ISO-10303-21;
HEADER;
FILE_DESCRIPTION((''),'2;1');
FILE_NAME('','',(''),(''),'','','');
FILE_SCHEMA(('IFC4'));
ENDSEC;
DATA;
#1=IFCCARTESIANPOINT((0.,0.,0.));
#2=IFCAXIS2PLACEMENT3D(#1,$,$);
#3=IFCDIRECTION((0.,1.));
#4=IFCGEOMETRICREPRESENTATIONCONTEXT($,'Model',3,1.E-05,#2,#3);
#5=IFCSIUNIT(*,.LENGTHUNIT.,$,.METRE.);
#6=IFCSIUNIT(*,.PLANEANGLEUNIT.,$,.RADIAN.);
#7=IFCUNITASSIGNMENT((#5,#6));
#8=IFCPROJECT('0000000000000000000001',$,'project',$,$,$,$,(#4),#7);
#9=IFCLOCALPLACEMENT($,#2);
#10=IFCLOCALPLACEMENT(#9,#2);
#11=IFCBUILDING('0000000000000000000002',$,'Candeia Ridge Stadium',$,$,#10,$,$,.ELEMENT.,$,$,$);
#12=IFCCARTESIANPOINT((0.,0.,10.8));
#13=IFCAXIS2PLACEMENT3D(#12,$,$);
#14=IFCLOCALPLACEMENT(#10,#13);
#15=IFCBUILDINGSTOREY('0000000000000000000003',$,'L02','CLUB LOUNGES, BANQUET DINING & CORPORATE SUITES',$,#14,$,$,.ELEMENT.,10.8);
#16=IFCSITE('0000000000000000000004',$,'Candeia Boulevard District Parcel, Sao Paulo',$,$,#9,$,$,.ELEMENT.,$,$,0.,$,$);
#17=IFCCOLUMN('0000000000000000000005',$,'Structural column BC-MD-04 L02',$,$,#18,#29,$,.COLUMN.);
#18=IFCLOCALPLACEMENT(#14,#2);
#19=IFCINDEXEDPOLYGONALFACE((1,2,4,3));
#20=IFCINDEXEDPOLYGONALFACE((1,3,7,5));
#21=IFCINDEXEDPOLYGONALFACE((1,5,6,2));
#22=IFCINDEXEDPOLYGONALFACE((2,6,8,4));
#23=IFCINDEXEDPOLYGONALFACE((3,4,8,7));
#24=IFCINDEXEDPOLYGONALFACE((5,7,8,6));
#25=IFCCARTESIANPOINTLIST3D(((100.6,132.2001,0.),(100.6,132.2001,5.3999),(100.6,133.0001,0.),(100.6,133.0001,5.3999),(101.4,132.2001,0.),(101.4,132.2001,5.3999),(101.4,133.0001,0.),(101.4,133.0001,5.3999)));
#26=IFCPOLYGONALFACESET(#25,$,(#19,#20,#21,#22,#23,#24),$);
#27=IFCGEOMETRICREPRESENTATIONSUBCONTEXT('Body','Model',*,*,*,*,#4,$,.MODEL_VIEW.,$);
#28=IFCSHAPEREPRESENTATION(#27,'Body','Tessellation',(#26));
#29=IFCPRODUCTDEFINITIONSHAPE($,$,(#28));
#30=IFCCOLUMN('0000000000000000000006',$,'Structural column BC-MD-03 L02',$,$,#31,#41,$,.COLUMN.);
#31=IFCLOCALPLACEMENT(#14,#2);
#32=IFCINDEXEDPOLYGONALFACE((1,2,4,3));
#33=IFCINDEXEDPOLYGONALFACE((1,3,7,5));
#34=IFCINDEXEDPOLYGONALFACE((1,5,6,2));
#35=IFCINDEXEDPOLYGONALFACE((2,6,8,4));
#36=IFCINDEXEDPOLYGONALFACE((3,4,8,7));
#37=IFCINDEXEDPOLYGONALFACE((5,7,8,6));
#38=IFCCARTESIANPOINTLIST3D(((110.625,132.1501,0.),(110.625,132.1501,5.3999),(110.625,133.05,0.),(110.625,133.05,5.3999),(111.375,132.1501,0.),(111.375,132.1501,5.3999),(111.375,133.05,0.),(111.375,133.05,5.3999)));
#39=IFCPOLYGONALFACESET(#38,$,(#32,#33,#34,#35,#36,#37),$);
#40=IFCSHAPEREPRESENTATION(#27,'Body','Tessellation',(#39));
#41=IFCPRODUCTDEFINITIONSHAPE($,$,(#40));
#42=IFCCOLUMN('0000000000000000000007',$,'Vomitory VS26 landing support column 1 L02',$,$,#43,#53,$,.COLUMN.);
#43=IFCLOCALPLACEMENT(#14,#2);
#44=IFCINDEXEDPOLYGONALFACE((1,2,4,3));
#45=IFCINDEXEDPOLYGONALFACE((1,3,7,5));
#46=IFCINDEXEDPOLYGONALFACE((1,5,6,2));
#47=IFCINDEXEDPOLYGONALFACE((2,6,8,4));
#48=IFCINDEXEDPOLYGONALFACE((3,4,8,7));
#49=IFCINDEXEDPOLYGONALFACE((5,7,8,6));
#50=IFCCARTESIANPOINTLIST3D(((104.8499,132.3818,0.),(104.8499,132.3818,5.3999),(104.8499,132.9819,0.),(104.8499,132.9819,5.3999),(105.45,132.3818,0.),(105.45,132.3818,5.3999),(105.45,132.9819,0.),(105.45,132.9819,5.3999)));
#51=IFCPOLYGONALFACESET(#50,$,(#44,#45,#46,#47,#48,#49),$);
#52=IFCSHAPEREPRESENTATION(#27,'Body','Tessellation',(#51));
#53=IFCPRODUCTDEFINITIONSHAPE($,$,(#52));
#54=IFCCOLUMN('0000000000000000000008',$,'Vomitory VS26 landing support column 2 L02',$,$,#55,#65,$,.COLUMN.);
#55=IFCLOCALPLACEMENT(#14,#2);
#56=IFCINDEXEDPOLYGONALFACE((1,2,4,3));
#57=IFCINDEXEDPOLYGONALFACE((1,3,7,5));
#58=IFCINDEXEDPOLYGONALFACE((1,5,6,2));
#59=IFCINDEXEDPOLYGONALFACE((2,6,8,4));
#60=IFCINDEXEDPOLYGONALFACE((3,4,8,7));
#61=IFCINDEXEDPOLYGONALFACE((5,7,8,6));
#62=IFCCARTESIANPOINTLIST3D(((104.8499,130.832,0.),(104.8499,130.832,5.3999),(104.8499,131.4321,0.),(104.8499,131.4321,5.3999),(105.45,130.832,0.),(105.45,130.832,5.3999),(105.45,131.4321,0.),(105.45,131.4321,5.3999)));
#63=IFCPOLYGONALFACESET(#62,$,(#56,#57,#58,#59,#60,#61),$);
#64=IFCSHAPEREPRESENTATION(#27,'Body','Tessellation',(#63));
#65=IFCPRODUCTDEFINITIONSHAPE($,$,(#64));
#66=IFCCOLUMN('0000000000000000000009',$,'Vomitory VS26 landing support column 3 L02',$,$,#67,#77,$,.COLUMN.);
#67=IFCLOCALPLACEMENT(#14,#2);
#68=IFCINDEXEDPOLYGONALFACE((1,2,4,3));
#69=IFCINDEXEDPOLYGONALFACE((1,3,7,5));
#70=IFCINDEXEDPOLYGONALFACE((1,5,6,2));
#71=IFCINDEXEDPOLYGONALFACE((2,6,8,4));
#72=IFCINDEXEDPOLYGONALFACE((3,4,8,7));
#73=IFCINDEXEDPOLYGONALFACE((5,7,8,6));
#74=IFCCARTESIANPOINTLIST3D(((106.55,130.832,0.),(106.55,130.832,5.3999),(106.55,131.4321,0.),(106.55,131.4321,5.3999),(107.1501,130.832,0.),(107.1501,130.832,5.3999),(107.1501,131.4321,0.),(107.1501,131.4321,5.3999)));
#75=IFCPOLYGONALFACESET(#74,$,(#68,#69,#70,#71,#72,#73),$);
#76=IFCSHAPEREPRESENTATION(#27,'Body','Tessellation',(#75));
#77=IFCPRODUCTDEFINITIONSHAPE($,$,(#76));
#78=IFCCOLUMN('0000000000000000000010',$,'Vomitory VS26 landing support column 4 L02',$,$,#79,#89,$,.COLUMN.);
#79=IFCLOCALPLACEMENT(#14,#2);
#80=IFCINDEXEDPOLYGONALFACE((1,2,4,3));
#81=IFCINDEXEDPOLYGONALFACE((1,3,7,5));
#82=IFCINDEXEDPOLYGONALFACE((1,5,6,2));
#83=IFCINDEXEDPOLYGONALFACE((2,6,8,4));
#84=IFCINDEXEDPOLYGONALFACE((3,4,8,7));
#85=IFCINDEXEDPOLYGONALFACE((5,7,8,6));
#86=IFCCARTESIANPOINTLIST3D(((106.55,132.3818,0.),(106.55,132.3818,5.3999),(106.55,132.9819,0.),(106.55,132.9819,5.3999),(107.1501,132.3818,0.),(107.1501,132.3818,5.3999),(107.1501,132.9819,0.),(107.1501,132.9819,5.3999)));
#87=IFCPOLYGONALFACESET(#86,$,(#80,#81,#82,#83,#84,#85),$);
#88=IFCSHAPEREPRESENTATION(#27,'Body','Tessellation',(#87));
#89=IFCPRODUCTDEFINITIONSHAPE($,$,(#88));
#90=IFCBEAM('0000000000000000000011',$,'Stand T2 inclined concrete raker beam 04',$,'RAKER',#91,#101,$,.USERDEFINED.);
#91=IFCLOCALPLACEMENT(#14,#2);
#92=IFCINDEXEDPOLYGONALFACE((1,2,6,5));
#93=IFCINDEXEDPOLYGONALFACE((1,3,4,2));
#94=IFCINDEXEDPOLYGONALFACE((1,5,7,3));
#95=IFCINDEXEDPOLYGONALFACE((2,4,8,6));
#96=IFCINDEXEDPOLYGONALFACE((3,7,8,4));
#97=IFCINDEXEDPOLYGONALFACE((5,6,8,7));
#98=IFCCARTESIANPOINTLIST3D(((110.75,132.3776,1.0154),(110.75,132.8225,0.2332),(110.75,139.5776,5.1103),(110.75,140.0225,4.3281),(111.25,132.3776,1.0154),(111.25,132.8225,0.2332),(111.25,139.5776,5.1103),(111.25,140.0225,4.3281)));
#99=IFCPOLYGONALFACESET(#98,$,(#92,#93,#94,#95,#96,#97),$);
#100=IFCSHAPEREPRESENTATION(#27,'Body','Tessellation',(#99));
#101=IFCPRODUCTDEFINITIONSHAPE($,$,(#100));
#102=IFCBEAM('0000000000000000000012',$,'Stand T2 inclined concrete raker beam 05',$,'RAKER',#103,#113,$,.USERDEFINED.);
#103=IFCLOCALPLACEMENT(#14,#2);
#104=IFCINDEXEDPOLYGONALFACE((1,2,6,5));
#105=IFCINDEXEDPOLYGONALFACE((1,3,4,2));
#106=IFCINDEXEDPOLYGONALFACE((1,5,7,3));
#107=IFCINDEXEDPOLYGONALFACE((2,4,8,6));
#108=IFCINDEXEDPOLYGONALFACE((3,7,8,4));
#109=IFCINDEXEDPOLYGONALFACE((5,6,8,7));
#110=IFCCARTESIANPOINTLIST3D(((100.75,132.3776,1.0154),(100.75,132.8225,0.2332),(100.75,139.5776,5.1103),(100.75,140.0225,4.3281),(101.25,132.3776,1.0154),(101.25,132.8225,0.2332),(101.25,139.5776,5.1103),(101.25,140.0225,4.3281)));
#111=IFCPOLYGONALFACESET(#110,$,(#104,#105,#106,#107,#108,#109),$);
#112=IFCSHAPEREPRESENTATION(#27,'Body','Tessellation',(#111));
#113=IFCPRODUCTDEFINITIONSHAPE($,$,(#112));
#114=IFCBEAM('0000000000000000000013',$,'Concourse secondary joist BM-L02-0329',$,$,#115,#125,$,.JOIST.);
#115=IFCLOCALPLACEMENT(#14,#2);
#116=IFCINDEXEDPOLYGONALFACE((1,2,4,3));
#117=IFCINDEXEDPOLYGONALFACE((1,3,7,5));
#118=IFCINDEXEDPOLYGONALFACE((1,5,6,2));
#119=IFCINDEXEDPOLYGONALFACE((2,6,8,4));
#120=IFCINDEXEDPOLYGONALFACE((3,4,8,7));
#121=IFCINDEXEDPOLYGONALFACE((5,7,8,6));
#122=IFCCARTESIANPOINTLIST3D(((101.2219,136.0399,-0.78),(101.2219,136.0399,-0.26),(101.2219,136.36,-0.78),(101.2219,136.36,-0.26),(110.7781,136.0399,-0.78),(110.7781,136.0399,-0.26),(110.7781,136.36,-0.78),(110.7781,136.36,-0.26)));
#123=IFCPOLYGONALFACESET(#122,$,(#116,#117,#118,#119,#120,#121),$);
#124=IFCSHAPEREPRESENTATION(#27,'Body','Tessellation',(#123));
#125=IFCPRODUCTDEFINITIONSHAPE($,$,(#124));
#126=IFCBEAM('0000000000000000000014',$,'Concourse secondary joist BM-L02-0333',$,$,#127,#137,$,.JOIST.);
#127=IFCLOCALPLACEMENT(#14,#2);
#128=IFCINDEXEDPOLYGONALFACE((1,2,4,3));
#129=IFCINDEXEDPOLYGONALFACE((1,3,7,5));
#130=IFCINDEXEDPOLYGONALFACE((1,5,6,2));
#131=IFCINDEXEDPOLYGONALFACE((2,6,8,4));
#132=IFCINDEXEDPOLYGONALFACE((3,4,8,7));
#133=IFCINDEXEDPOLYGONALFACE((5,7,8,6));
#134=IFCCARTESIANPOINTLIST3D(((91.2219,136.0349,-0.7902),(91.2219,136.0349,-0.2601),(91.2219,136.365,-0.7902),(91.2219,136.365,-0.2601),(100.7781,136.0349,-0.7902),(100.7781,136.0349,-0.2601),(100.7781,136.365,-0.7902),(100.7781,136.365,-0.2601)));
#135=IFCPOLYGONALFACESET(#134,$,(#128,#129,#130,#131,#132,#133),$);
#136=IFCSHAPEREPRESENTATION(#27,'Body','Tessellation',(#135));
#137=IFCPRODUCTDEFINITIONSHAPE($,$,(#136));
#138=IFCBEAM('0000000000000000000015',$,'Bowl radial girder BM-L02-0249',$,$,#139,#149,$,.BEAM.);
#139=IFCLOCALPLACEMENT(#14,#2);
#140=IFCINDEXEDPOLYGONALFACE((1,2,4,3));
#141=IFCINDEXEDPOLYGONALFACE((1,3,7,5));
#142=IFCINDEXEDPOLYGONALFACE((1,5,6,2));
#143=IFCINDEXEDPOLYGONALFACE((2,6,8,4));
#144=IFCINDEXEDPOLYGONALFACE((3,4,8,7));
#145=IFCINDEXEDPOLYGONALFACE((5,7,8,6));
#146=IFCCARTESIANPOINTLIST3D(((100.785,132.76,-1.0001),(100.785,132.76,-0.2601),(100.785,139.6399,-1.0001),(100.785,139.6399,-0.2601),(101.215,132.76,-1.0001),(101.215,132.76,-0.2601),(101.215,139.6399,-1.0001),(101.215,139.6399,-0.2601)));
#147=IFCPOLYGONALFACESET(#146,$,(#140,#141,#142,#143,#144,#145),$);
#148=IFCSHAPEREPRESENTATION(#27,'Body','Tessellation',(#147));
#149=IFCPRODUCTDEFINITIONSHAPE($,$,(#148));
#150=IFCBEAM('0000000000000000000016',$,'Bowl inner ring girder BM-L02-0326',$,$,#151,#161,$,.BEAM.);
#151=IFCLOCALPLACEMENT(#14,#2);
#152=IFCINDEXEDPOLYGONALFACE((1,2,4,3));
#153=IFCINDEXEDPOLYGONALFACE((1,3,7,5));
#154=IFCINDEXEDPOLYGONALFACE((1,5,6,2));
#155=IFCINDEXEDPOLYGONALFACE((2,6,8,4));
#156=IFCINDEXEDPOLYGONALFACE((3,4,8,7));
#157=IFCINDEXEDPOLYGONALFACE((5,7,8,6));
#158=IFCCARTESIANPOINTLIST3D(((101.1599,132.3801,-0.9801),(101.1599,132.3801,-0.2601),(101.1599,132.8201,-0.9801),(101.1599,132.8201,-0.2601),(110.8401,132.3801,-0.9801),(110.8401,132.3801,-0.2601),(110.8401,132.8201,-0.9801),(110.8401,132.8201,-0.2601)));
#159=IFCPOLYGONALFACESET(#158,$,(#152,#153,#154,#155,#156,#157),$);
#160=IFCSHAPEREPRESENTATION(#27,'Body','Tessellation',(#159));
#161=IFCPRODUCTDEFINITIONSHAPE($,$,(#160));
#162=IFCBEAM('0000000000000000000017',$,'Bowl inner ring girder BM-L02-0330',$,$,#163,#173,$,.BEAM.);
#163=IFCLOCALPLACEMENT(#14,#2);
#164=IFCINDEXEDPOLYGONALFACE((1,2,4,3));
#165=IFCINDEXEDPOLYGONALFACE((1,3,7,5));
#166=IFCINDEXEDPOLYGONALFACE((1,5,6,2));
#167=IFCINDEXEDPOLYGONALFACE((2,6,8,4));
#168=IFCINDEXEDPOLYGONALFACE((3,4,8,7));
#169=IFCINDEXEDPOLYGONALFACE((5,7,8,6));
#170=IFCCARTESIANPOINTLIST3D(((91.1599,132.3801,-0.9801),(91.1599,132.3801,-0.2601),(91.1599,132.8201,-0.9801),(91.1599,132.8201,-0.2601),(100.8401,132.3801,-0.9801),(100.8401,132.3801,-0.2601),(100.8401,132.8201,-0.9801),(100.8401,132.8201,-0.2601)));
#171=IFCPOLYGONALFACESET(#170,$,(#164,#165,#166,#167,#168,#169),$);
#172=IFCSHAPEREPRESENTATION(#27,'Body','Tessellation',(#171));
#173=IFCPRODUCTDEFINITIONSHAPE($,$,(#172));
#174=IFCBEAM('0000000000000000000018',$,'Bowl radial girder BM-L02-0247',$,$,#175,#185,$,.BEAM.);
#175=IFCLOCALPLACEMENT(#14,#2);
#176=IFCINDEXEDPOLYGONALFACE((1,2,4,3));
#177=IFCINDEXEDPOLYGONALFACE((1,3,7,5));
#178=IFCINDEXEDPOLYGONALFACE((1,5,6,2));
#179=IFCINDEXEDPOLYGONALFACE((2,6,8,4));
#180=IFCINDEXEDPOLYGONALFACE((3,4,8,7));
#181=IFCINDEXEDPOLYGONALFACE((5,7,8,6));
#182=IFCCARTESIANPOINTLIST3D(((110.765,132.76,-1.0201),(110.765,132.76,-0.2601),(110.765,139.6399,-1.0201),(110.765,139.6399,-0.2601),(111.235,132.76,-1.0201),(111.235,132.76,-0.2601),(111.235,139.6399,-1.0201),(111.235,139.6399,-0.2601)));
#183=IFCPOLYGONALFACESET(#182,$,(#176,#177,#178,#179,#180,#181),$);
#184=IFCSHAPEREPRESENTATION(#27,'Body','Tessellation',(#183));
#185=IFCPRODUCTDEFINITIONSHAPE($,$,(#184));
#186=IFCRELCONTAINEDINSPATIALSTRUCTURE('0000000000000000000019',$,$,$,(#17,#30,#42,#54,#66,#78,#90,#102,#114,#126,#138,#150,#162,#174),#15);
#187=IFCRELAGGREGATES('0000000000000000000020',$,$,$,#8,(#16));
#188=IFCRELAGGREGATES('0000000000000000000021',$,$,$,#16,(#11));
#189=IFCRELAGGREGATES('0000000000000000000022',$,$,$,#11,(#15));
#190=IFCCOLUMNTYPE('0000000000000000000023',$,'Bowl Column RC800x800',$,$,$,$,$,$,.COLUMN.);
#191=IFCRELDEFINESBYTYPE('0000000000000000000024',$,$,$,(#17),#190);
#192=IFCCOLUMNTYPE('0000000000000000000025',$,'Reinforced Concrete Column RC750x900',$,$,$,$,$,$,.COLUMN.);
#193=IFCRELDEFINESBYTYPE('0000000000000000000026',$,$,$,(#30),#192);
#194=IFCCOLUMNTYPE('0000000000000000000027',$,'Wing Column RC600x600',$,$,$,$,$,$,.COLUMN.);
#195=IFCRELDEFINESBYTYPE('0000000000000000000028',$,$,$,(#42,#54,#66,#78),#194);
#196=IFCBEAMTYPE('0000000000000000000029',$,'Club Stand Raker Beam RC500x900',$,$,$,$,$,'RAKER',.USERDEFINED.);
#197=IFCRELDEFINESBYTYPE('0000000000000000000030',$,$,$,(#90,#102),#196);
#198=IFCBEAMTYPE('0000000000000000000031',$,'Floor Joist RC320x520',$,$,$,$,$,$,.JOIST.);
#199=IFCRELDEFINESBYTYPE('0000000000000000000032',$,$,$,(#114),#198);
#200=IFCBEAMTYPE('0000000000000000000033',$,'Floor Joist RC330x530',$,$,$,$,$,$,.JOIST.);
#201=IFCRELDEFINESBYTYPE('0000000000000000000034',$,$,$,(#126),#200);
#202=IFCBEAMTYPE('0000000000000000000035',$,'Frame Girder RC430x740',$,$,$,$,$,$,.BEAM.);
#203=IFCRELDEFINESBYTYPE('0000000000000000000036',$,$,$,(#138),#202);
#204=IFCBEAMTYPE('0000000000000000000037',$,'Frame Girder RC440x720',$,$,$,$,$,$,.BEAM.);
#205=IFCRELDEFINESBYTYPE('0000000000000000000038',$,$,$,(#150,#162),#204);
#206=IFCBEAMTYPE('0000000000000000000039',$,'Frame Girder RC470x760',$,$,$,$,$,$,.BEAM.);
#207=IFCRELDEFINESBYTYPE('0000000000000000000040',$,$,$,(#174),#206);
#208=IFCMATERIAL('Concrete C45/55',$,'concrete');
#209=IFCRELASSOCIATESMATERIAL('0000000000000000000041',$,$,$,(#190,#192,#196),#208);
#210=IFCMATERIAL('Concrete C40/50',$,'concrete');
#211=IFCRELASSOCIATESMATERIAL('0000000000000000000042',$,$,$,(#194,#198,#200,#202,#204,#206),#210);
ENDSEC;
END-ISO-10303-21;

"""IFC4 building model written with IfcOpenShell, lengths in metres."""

from ifc_helpers import new_model, si_unit, direction, frame, origin, origin_2d, place, context, subcontext, project, spatial, rectangle, extrude, material, material_profile, profile_set, type_object, element, save


model = new_model("IFC4")

# Units and contexts
model_context = context("Model", 3, precision=1e-05, world=origin(), true_north=direction((0.0, 1.0)))
body_context = subcontext(model_context, "Body", "Model", "MODEL_VIEW")
ifc_project = project(units=[si_unit("LENGTHUNIT", "METRE"), si_unit("PLANEANGLEUNIT", "RADIAN")], contexts=[model_context])

# Site, building, storey
site_placement = place(None, origin())
site = spatial("IfcSite", under=ifc_project, at=site_placement, Name="Candeia Boulevard District Parcel, Sao Paulo", CompositionType="ELEMENT", RefElevation=0.0)
building_placement = place(site_placement, origin())
building = spatial("IfcBuilding", under=site, at=building_placement, Name="Candeia Ridge Stadium", CompositionType="ELEMENT")
storey_placement = place(building_placement, frame((0.0, 0.0, 10.8)))
storey = spatial("IfcBuildingStorey", under=building, at=storey_placement, Name="L02", Description="CLUB LOUNGES, BANQUET DINING & CORPORATE SUITES", CompositionType="ELEMENT", Elevation=10.8)

# Columns
ifc_material_1 = material(Name="Concrete C45/55", Category="concrete")
ifc_material_profile_1 = material_profile(ifc_material_1, rectangle(XDim=0.8, YDim=0.8, at=origin_2d()), Name="RC800x800", Category="concrete")
ifc_profile_set_1 = profile_set([ifc_material_profile_1], Name="Concrete C45/55")
column_type_1 = type_object("IfcColumnType", Name="Bowl Column RC800x800", PredefinedType="COLUMN", material=ifc_profile_set_1)
column_1_placement = place(storey_placement, frame((101.0, 132.6001, 0.0), z_axis=(0.0, 0.0, 1.0), x_axis=(1.0, 0.0, 0.0)))
element("IfcColumn", 1, at=column_1_placement, inside=storey, type_object=column_type_1, Name="Structural column BC-MD-04 L02", PredefinedType="COLUMN", context=body_context, shape_type="SweptSolid", body=[
    extrude(rectangle(XDim=0.8, YDim=0.8, at=origin_2d()), origin(), (0.0, 0.0, 1.0), 5.3999),
])
ifc_material_profile_2 = material_profile(ifc_material_1, rectangle(XDim=0.75, YDim=0.8999, at=origin_2d()), Name="RC750x900", Category="concrete")
ifc_profile_set_2 = profile_set([ifc_material_profile_2], Name="Concrete C45/55")
column_type_2 = type_object("IfcColumnType", Name="Reinforced Concrete Column RC750x900", PredefinedType="COLUMN", material=ifc_profile_set_2)
column_2_placement = place(storey_placement, frame((111.0, 132.6001, 0.0), z_axis=(0.0, 0.0, 1.0), x_axis=(1.0, 0.0, 0.0)))
element("IfcColumn", 2, at=column_2_placement, inside=storey, type_object=column_type_2, Name="Structural column BC-MD-03 L02", PredefinedType="COLUMN", context=body_context, shape_type="SweptSolid", body=[
    extrude(rectangle(XDim=0.75, YDim=0.8999, at=origin_2d()), origin(), (0.0, 0.0, 1.0), 5.3999),
])
ifc_material_2 = material(Name="Concrete C40/50", Category="concrete")
ifc_material_profile_3 = material_profile(ifc_material_2, rectangle(XDim=0.6001, YDim=0.6001, at=origin_2d()), Name="RC600x600", Category="concrete")
ifc_profile_set_3 = profile_set([ifc_material_profile_3], Name="Concrete C40/50")
column_type_3 = type_object("IfcColumnType", Name="Wing Column RC600x600", PredefinedType="COLUMN", material=ifc_profile_set_3)
for number, where, z_axis, x_axis, name in (
    (3, (105.1499, 132.6819, 0.0), (0.0, 0.0, 1.0), (1.0, 0.0, 0.0), "Vomitory VS26 landing support column 1 L02"),
    (4, (105.1499, 131.1321, 0.0), (0.0, 0.0, 1.0), (1.0, 0.0, 0.0), "Vomitory VS26 landing support column 2 L02"),
    (5, (106.8501, 131.1321, 0.0), (0.0, 0.0, 1.0), (1.0, 0.0, 0.0), "Vomitory VS26 landing support column 3 L02"),
    (6, (106.8501, 132.6819, 0.0), (0.0, 0.0, 1.0), (1.0, 0.0, 0.0), "Vomitory VS26 landing support column 4 L02"),
):
    element("IfcColumn", number, at=place(storey_placement, frame(where, z_axis=z_axis, x_axis=x_axis)), inside=storey, type_object=column_type_3, Name=name, PredefinedType="COLUMN", context=body_context, shape_type="SweptSolid", body=[
        extrude(rectangle(XDim=0.6001, YDim=0.6001, at=origin_2d()), origin(), (0.0, 0.0, 1.0), 5.3999),
    ])

# Beams
ifc_material_profile_4 = material_profile(ifc_material_1, rectangle(XDim=0.5, YDim=0.8999, at=origin_2d()), Name="RC500x900", Category="concrete")
ifc_profile_set_4 = profile_set([ifc_material_profile_4], Name="Concrete C45/55")
beam_type_1 = type_object("IfcBeamType", Name="Club Stand Raker Beam RC500x900", ElementType="RAKER", PredefinedType="USERDEFINED", material=ifc_profile_set_4)
for number, where, z_axis, x_axis, name in (
    (7, (111.0, 132.6001, 0.6243), (0.0, 0.869244, 0.494383), (-1.0, 0.0, 0.0), "Stand T2 inclined concrete raker beam 04"),
    (8, (101.0, 132.6001, 0.6243), (0.0, 0.869244, 0.494383), (-1.0, 0.0, 0.0), "Stand T2 inclined concrete raker beam 05"),
):
    element("IfcBeam", number, at=place(storey_placement, frame(where, z_axis=z_axis, x_axis=x_axis)), inside=storey, type_object=beam_type_1, Name=name, ObjectType="RAKER", PredefinedType="USERDEFINED", context=body_context, shape_type="SweptSolid", body=[
        extrude(rectangle(XDim=0.5, YDim=0.8999, at=origin_2d()), origin(), (0.0, 0.0, 1.0), 8.283),
    ])
ifc_material_profile_5 = material_profile(ifc_material_2, rectangle(XDim=0.3201, YDim=0.52, at=origin_2d()), Name="RC320x520", Category="concrete")
ifc_profile_set_5 = profile_set([ifc_material_profile_5], Name="Concrete C40/50")
beam_type_2 = type_object("IfcBeamType", Name="Floor Joist RC320x520", PredefinedType="JOIST", material=ifc_profile_set_5)
beam_1_placement = place(storey_placement, frame((110.7781, 136.2, -0.52), z_axis=(-1.0, 0.0, 0.0), x_axis=(0.0, -1.0, 0.0)))
element("IfcBeam", 9, at=beam_1_placement, inside=storey, type_object=beam_type_2, Name="Concourse secondary joist BM-L02-0329", PredefinedType="JOIST", context=body_context, shape_type="SweptSolid", body=[
    extrude(rectangle(XDim=0.3201, YDim=0.52, at=origin_2d()), origin(), (0.0, 0.0, 1.0), 9.5562),
])
ifc_material_profile_6 = material_profile(ifc_material_2, rectangle(XDim=0.3301, YDim=0.53, at=origin_2d()), Name="RC330x530", Category="concrete")
ifc_profile_set_6 = profile_set([ifc_material_profile_6], Name="Concrete C40/50")
beam_type_3 = type_object("IfcBeamType", Name="Floor Joist RC330x530", PredefinedType="JOIST", material=ifc_profile_set_6)
beam_2_placement = place(storey_placement, frame((100.7781, 136.2, -0.5251), z_axis=(-1.0, 0.0, 0.0), x_axis=(0.0, -1.0, 0.0)))
element("IfcBeam", 10, at=beam_2_placement, inside=storey, type_object=beam_type_3, Name="Concourse secondary joist BM-L02-0333", PredefinedType="JOIST", context=body_context, shape_type="SweptSolid", body=[
    extrude(rectangle(XDim=0.3301, YDim=0.53, at=origin_2d()), origin(), (0.0, 0.0, 1.0), 9.5562),
])
ifc_material_profile_7 = material_profile(ifc_material_2, rectangle(XDim=0.4299, YDim=0.74, at=origin_2d()), Name="RC430x740", Category="concrete")
ifc_profile_set_7 = profile_set([ifc_material_profile_7], Name="Concrete C40/50")
beam_type_4 = type_object("IfcBeamType", Name="Frame Girder RC430x740", PredefinedType="BEAM", material=ifc_profile_set_7)
beam_3_placement = place(storey_placement, frame((101.0, 132.76, -0.6301), z_axis=(0.0, 1.0, 0.0), x_axis=(-1.0, 0.0, 0.0)))
element("IfcBeam", 11, at=beam_3_placement, inside=storey, type_object=beam_type_4, Name="Bowl radial girder BM-L02-0249", PredefinedType="BEAM", context=body_context, shape_type="SweptSolid", body=[
    extrude(rectangle(XDim=0.4299, YDim=0.74, at=origin_2d()), origin(), (0.0, 0.0, 1.0), 6.8799),
])
ifc_material_profile_8 = material_profile(ifc_material_2, rectangle(XDim=0.4399, YDim=0.72, at=origin_2d()), Name="RC440x720", Category="concrete")
ifc_profile_set_8 = profile_set([ifc_material_profile_8], Name="Concrete C40/50")
beam_type_5 = type_object("IfcBeamType", Name="Frame Girder RC440x720", PredefinedType="BEAM", material=ifc_profile_set_8)
for number, where, z_axis, x_axis, name in (
    (12, (110.8401, 132.6001, -0.6201), (-1.0, 0.0, 0.0), (0.0, -1.0, 0.0), "Bowl inner ring girder BM-L02-0326"),
    (13, (100.8401, 132.6001, -0.6201), (-1.0, 0.0, 0.0), (0.0, -1.0, 0.0), "Bowl inner ring girder BM-L02-0330"),
):
    element("IfcBeam", number, at=place(storey_placement, frame(where, z_axis=z_axis, x_axis=x_axis)), inside=storey, type_object=beam_type_5, Name=name, PredefinedType="BEAM", context=body_context, shape_type="SweptSolid", body=[
        extrude(rectangle(XDim=0.4399, YDim=0.72, at=origin_2d()), origin(), (0.0, 0.0, 1.0), 9.6802),
    ])
ifc_material_profile_9 = material_profile(ifc_material_2, rectangle(XDim=0.47, YDim=0.76, at=origin_2d()), Name="RC470x760", Category="concrete")
ifc_profile_set_9 = profile_set([ifc_material_profile_9], Name="Concrete C40/50")
beam_type_6 = type_object("IfcBeamType", Name="Frame Girder RC470x760", PredefinedType="BEAM", material=ifc_profile_set_9)
beam_4_placement = place(storey_placement, frame((111.0, 132.76, -0.6401), z_axis=(0.0, 1.0, 0.0), x_axis=(-1.0, 0.0, 0.0)))
element("IfcBeam", 14, at=beam_4_placement, inside=storey, type_object=beam_type_6, Name="Bowl radial girder BM-L02-0247", PredefinedType="BEAM", context=body_context, shape_type="SweptSolid", body=[
    extrude(rectangle(XDim=0.47, YDim=0.76, at=origin_2d()), origin(), (0.0, 0.0, 1.0), 6.8799),
])

save(model, "model.ifc")
